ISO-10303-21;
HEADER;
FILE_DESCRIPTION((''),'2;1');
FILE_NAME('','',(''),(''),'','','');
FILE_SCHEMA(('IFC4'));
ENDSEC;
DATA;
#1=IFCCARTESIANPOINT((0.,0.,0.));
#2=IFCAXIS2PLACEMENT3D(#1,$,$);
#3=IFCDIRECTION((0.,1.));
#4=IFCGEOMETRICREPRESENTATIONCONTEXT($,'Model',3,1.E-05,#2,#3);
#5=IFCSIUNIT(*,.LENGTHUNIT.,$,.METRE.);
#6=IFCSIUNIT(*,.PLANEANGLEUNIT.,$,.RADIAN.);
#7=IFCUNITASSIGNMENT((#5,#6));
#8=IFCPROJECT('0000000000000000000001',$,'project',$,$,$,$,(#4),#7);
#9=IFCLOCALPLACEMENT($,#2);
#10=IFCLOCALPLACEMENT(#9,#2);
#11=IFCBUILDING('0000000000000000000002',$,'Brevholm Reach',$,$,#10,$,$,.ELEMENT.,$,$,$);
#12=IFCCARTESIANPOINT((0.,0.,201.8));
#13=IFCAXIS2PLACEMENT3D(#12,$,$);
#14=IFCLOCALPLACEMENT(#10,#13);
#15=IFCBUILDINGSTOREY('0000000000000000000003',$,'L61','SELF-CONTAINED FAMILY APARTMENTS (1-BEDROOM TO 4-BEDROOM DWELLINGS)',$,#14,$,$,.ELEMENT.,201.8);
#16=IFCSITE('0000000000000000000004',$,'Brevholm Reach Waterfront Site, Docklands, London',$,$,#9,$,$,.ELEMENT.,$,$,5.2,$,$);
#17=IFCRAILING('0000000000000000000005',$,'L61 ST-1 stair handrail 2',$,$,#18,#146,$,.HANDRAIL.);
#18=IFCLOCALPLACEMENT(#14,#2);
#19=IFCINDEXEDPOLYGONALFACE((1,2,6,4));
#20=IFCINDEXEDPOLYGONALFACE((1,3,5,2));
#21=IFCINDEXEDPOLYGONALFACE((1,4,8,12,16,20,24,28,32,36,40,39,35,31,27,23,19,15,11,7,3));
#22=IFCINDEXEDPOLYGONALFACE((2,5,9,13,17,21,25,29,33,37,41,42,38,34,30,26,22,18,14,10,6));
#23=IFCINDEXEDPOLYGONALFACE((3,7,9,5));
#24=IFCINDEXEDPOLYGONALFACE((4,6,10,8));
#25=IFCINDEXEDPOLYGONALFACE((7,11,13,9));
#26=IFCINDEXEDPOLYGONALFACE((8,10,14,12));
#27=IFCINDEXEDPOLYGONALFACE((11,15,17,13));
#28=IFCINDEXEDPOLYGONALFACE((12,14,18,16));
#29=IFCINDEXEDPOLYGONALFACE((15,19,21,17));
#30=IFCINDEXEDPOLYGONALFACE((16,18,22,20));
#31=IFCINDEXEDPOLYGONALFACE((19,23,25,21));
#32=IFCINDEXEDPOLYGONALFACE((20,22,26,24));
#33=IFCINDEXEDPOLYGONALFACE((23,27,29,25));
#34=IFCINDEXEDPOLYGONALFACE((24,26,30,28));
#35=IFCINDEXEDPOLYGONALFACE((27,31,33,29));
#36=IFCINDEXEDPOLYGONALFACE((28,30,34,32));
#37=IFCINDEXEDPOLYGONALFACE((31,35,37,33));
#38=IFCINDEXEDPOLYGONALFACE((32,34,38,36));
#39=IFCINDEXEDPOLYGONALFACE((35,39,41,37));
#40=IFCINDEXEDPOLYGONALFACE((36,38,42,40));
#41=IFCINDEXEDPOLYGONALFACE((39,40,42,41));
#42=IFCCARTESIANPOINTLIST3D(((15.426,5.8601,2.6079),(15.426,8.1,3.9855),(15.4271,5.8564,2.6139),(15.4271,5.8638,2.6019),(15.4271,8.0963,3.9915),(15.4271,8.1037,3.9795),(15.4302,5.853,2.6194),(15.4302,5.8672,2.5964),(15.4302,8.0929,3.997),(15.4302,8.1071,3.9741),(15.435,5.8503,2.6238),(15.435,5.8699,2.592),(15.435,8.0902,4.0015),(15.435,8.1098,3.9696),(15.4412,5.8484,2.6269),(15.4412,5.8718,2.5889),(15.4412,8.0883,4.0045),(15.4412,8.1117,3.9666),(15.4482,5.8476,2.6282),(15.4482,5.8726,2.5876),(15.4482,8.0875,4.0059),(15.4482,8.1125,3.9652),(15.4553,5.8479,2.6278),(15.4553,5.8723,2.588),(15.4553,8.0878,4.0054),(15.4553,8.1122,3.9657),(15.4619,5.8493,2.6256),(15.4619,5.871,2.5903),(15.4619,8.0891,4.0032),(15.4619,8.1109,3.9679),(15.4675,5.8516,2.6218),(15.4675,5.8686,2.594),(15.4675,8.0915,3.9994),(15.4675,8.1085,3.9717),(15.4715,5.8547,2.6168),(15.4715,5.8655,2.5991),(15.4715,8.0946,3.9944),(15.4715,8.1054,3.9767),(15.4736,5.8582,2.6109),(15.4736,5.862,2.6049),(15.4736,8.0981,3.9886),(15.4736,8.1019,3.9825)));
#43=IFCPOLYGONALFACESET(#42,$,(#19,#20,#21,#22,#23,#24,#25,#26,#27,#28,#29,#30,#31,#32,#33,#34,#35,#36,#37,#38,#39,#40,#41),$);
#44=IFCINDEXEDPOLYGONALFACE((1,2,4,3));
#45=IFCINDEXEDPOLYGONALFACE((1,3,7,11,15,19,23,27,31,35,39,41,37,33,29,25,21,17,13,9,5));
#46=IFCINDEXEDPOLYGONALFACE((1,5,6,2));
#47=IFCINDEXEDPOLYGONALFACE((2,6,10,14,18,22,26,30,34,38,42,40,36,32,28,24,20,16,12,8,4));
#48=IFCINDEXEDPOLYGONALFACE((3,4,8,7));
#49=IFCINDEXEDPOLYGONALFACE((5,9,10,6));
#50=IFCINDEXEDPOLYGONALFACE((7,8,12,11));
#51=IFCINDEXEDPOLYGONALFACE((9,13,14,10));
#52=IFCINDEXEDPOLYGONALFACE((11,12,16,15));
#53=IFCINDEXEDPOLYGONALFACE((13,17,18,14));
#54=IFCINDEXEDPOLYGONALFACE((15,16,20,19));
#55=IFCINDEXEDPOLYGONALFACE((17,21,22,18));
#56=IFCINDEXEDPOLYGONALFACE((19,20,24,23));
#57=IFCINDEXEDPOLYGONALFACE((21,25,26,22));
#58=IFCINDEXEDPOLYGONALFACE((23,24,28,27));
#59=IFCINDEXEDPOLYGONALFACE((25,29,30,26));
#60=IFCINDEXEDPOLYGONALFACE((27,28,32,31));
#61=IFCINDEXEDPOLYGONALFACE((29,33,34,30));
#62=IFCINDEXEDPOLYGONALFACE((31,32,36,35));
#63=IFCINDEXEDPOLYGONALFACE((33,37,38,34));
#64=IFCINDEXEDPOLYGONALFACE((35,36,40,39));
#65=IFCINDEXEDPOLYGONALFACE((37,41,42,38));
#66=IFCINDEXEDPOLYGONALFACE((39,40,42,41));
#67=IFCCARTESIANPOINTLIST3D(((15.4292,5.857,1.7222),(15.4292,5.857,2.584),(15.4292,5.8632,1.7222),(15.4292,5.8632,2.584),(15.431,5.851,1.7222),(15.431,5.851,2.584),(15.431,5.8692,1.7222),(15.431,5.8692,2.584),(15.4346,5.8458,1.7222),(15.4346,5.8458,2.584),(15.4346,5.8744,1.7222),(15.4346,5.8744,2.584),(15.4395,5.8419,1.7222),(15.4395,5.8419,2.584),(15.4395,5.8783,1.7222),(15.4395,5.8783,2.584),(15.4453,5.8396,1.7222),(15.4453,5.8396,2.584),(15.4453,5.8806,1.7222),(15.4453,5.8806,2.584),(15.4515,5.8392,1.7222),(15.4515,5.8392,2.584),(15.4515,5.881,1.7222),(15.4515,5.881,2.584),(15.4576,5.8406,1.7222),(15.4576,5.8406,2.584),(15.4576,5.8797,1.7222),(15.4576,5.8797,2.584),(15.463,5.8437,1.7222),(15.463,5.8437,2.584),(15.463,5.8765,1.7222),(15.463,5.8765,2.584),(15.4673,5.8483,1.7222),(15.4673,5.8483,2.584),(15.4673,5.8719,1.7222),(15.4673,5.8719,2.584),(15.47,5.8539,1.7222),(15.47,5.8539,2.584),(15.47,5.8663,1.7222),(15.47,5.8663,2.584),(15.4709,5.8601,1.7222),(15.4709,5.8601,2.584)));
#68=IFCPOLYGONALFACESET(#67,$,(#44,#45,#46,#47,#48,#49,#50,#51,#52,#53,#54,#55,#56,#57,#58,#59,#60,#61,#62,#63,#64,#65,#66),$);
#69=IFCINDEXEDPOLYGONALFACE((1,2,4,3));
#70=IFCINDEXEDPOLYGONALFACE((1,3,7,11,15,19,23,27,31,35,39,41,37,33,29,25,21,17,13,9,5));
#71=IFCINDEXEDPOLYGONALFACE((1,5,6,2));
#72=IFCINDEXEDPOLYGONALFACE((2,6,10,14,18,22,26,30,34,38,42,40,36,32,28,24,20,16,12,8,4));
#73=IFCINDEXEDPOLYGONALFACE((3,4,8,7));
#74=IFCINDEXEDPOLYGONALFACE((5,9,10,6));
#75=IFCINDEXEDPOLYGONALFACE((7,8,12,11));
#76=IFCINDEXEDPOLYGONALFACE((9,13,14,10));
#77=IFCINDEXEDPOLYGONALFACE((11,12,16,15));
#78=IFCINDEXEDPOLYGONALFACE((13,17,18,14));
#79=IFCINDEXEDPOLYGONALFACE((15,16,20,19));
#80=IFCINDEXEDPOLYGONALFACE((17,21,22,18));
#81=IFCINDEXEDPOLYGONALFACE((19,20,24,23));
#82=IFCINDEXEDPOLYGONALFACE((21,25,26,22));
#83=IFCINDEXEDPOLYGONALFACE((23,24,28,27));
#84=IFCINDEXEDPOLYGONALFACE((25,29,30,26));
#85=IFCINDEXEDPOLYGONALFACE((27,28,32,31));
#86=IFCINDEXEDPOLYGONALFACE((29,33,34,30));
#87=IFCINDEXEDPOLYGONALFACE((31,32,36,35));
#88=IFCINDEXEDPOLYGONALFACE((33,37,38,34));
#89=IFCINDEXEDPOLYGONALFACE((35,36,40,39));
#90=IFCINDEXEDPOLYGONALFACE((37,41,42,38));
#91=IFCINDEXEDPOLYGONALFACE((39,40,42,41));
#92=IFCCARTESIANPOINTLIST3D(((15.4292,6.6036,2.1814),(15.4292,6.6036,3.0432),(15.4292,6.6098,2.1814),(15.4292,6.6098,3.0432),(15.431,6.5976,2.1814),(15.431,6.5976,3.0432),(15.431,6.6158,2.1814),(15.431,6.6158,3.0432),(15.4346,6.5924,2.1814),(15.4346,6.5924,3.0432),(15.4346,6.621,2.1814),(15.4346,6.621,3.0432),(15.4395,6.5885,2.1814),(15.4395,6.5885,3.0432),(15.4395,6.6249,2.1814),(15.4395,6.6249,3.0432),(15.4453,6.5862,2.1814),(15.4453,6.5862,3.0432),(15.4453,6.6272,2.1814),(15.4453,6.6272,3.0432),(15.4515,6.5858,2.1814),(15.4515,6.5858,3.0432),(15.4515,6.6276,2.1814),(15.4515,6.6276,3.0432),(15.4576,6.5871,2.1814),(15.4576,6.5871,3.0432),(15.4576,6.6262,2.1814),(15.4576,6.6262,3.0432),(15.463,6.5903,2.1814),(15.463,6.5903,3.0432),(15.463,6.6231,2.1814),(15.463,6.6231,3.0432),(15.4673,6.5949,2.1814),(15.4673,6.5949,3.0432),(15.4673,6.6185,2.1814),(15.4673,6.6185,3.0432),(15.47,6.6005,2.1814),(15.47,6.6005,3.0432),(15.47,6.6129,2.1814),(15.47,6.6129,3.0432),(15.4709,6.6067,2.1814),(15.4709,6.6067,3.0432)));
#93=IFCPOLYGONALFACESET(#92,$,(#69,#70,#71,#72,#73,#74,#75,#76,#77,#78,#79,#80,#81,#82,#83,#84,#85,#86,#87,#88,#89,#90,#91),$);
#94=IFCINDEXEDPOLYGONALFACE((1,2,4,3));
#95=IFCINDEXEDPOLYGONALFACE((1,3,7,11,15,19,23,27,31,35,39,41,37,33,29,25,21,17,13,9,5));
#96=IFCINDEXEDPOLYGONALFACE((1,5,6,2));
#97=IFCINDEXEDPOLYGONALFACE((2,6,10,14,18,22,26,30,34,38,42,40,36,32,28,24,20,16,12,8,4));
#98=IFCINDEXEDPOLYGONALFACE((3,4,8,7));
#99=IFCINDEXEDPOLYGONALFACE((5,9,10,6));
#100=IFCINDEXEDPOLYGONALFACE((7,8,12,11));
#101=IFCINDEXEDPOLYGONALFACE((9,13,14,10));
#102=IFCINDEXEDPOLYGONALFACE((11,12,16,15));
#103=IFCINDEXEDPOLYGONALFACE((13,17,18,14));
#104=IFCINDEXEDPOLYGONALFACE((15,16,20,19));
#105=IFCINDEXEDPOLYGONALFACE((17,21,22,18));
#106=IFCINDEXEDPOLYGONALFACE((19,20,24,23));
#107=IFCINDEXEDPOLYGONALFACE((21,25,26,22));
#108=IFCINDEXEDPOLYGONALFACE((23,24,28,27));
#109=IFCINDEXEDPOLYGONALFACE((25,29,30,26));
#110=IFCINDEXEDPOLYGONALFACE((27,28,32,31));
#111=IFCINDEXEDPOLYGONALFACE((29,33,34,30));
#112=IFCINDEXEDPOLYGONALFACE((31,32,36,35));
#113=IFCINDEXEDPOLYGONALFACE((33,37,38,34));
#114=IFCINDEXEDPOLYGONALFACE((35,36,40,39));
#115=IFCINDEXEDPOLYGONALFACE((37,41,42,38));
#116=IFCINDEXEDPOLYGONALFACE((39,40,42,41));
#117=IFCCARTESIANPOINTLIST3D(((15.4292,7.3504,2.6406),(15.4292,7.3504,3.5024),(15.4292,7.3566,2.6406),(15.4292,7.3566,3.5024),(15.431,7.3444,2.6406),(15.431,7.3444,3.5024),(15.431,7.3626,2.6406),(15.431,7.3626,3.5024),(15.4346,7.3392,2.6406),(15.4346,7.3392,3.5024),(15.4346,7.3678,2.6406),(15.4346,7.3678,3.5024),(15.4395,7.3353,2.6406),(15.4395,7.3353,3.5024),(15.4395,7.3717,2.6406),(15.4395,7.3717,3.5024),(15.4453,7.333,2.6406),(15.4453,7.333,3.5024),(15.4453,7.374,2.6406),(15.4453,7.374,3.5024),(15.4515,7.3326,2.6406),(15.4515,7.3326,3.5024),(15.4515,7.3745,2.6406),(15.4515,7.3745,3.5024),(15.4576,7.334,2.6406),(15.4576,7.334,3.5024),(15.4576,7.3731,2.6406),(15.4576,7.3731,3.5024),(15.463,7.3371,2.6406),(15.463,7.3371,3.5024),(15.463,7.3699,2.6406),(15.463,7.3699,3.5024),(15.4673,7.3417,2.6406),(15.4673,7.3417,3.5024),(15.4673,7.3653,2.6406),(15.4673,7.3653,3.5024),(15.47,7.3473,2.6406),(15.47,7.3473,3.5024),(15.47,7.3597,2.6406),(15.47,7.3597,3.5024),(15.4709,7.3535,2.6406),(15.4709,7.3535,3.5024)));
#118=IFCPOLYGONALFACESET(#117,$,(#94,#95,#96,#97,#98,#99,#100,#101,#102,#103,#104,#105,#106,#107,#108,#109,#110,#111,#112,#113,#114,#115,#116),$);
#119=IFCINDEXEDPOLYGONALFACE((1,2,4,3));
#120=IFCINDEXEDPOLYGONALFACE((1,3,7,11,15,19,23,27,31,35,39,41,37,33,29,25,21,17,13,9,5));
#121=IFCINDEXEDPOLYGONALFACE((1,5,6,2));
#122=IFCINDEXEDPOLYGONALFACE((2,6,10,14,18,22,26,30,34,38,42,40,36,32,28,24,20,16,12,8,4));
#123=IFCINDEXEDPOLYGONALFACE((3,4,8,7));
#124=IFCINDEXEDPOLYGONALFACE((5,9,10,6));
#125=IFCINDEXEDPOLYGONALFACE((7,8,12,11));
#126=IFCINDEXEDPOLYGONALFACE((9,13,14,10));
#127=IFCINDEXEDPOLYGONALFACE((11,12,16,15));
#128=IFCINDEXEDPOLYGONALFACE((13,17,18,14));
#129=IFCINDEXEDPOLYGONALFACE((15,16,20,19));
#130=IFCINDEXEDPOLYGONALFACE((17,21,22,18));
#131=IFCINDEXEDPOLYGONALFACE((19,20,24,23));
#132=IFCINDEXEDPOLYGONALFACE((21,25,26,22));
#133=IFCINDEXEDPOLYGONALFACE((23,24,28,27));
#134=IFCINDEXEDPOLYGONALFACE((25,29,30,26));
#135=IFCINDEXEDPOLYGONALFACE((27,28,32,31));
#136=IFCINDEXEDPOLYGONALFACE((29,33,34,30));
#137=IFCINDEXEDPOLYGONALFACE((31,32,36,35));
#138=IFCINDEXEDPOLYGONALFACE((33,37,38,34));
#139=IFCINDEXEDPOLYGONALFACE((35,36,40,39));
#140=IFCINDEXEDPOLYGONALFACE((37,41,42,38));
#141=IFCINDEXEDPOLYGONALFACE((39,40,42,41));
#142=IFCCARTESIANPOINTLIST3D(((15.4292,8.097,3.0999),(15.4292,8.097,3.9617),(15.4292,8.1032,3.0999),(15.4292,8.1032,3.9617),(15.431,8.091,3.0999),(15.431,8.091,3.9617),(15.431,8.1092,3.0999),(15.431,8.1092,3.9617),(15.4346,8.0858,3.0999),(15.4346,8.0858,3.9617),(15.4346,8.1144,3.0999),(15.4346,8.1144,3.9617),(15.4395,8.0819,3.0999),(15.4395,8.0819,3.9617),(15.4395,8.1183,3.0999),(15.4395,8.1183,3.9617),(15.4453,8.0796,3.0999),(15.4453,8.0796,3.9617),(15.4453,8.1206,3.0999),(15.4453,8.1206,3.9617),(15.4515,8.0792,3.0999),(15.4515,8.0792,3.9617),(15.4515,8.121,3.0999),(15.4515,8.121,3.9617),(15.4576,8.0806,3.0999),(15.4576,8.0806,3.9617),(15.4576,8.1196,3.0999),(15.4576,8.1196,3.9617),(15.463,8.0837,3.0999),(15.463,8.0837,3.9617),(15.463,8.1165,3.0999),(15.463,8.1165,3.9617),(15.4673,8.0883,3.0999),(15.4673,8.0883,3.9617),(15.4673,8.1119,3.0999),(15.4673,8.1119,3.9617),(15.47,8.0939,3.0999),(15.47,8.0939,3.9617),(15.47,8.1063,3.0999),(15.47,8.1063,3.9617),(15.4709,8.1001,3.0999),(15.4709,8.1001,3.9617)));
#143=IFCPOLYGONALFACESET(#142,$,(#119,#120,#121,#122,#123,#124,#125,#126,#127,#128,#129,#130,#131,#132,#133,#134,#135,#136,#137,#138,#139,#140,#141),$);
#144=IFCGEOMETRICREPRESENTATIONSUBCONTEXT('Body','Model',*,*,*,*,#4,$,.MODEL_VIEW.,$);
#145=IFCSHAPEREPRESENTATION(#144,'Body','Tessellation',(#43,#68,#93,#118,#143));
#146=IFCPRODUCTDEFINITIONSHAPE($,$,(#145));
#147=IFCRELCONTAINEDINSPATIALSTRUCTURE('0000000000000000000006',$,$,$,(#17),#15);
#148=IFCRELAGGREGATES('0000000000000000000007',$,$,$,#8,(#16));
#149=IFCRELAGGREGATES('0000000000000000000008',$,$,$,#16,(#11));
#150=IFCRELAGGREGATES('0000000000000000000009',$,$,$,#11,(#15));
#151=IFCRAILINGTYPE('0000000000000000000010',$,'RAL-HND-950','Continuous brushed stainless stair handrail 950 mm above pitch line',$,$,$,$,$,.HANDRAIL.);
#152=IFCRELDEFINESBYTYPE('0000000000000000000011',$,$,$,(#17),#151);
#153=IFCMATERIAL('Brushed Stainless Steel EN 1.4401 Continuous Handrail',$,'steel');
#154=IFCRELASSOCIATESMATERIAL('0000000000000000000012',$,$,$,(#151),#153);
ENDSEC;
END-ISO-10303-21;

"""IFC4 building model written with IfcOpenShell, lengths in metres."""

from ifc_helpers import new_model, si_unit, direction, frame, origin, origin_2d, place, context, subcontext, project, spatial, circle, extrude, material, type_object, element, save


model = new_model("IFC4")

# Units and contexts
model_context = context("Model", 3, precision=1e-05, world=origin(), true_north=direction((0.0, 1.0)))
body_context = subcontext(model_context, "Body", "Model", "MODEL_VIEW")
ifc_project = project(units=[si_unit("LENGTHUNIT", "METRE"), si_unit("PLANEANGLEUNIT", "RADIAN")], contexts=[model_context])

# Site, building, storey
site_placement = place(None, origin())
site = spatial("IfcSite", under=ifc_project, at=site_placement, Name="Brevholm Reach Waterfront Site, Docklands, London", CompositionType="ELEMENT", RefElevation=5.2)
building_placement = place(site_placement, origin())
building = spatial("IfcBuilding", under=site, at=building_placement, Name="Brevholm Reach", CompositionType="ELEMENT")
storey_placement = place(building_placement, frame((0.0, 0.0, 201.8)))
storey = spatial("IfcBuildingStorey", under=building, at=storey_placement, Name="L61", Description="SELF-CONTAINED FAMILY APARTMENTS (1-BEDROOM TO 4-BEDROOM DWELLINGS)", CompositionType="ELEMENT", Elevation=201.8)

# Railing
ifc_material_1 = material(Name="Brushed Stainless Steel EN 1.4401 Continuous Handrail", Category="steel")
railing_type_1 = type_object("IfcRailingType", Name="RAL-HND-950", Description="Continuous brushed stainless stair handrail 950 mm above pitch line", PredefinedType="HANDRAIL", material=ifc_material_1)
railing_1_placement = place(storey_placement, frame((15.45, 5.8601, 1.7222)))
element("IfcRailing", 1, at=railing_1_placement, inside=storey, type_object=railing_type_1, Name="L61 ST-1 stair handrail 2", PredefinedType="HANDRAIL", context=body_context, shape_type="SweptSolid", body=[
    extrude(circle(Radius=0.0239, at=origin_2d()), frame((0.0, 0.0, 0.8857), z_axis=(0.0, 0.851789, 0.523885), x_axis=(-1.0, 0.0, 0.0)), (0.0, 0.0, 1.0), 2.6296),
    extrude(circle(Radius=0.021, at=origin_2d()), origin(), (0.0, 0.0, 1.0), 0.8618),
    extrude(circle(Radius=0.021, at=origin_2d()), frame((0.0, 0.7466, 0.4592)), (0.0, 0.0, 1.0), 0.8618),
    extrude(circle(Radius=0.021, at=origin_2d()), frame((0.0, 1.4934, 0.9185)), (0.0, 0.0, 1.0), 0.8618),
    extrude(circle(Radius=0.021, at=origin_2d()), frame((0.0, 2.24, 1.3777)), (0.0, 0.0, 1.0), 0.8618),
])

save(model, "model.ifc")
